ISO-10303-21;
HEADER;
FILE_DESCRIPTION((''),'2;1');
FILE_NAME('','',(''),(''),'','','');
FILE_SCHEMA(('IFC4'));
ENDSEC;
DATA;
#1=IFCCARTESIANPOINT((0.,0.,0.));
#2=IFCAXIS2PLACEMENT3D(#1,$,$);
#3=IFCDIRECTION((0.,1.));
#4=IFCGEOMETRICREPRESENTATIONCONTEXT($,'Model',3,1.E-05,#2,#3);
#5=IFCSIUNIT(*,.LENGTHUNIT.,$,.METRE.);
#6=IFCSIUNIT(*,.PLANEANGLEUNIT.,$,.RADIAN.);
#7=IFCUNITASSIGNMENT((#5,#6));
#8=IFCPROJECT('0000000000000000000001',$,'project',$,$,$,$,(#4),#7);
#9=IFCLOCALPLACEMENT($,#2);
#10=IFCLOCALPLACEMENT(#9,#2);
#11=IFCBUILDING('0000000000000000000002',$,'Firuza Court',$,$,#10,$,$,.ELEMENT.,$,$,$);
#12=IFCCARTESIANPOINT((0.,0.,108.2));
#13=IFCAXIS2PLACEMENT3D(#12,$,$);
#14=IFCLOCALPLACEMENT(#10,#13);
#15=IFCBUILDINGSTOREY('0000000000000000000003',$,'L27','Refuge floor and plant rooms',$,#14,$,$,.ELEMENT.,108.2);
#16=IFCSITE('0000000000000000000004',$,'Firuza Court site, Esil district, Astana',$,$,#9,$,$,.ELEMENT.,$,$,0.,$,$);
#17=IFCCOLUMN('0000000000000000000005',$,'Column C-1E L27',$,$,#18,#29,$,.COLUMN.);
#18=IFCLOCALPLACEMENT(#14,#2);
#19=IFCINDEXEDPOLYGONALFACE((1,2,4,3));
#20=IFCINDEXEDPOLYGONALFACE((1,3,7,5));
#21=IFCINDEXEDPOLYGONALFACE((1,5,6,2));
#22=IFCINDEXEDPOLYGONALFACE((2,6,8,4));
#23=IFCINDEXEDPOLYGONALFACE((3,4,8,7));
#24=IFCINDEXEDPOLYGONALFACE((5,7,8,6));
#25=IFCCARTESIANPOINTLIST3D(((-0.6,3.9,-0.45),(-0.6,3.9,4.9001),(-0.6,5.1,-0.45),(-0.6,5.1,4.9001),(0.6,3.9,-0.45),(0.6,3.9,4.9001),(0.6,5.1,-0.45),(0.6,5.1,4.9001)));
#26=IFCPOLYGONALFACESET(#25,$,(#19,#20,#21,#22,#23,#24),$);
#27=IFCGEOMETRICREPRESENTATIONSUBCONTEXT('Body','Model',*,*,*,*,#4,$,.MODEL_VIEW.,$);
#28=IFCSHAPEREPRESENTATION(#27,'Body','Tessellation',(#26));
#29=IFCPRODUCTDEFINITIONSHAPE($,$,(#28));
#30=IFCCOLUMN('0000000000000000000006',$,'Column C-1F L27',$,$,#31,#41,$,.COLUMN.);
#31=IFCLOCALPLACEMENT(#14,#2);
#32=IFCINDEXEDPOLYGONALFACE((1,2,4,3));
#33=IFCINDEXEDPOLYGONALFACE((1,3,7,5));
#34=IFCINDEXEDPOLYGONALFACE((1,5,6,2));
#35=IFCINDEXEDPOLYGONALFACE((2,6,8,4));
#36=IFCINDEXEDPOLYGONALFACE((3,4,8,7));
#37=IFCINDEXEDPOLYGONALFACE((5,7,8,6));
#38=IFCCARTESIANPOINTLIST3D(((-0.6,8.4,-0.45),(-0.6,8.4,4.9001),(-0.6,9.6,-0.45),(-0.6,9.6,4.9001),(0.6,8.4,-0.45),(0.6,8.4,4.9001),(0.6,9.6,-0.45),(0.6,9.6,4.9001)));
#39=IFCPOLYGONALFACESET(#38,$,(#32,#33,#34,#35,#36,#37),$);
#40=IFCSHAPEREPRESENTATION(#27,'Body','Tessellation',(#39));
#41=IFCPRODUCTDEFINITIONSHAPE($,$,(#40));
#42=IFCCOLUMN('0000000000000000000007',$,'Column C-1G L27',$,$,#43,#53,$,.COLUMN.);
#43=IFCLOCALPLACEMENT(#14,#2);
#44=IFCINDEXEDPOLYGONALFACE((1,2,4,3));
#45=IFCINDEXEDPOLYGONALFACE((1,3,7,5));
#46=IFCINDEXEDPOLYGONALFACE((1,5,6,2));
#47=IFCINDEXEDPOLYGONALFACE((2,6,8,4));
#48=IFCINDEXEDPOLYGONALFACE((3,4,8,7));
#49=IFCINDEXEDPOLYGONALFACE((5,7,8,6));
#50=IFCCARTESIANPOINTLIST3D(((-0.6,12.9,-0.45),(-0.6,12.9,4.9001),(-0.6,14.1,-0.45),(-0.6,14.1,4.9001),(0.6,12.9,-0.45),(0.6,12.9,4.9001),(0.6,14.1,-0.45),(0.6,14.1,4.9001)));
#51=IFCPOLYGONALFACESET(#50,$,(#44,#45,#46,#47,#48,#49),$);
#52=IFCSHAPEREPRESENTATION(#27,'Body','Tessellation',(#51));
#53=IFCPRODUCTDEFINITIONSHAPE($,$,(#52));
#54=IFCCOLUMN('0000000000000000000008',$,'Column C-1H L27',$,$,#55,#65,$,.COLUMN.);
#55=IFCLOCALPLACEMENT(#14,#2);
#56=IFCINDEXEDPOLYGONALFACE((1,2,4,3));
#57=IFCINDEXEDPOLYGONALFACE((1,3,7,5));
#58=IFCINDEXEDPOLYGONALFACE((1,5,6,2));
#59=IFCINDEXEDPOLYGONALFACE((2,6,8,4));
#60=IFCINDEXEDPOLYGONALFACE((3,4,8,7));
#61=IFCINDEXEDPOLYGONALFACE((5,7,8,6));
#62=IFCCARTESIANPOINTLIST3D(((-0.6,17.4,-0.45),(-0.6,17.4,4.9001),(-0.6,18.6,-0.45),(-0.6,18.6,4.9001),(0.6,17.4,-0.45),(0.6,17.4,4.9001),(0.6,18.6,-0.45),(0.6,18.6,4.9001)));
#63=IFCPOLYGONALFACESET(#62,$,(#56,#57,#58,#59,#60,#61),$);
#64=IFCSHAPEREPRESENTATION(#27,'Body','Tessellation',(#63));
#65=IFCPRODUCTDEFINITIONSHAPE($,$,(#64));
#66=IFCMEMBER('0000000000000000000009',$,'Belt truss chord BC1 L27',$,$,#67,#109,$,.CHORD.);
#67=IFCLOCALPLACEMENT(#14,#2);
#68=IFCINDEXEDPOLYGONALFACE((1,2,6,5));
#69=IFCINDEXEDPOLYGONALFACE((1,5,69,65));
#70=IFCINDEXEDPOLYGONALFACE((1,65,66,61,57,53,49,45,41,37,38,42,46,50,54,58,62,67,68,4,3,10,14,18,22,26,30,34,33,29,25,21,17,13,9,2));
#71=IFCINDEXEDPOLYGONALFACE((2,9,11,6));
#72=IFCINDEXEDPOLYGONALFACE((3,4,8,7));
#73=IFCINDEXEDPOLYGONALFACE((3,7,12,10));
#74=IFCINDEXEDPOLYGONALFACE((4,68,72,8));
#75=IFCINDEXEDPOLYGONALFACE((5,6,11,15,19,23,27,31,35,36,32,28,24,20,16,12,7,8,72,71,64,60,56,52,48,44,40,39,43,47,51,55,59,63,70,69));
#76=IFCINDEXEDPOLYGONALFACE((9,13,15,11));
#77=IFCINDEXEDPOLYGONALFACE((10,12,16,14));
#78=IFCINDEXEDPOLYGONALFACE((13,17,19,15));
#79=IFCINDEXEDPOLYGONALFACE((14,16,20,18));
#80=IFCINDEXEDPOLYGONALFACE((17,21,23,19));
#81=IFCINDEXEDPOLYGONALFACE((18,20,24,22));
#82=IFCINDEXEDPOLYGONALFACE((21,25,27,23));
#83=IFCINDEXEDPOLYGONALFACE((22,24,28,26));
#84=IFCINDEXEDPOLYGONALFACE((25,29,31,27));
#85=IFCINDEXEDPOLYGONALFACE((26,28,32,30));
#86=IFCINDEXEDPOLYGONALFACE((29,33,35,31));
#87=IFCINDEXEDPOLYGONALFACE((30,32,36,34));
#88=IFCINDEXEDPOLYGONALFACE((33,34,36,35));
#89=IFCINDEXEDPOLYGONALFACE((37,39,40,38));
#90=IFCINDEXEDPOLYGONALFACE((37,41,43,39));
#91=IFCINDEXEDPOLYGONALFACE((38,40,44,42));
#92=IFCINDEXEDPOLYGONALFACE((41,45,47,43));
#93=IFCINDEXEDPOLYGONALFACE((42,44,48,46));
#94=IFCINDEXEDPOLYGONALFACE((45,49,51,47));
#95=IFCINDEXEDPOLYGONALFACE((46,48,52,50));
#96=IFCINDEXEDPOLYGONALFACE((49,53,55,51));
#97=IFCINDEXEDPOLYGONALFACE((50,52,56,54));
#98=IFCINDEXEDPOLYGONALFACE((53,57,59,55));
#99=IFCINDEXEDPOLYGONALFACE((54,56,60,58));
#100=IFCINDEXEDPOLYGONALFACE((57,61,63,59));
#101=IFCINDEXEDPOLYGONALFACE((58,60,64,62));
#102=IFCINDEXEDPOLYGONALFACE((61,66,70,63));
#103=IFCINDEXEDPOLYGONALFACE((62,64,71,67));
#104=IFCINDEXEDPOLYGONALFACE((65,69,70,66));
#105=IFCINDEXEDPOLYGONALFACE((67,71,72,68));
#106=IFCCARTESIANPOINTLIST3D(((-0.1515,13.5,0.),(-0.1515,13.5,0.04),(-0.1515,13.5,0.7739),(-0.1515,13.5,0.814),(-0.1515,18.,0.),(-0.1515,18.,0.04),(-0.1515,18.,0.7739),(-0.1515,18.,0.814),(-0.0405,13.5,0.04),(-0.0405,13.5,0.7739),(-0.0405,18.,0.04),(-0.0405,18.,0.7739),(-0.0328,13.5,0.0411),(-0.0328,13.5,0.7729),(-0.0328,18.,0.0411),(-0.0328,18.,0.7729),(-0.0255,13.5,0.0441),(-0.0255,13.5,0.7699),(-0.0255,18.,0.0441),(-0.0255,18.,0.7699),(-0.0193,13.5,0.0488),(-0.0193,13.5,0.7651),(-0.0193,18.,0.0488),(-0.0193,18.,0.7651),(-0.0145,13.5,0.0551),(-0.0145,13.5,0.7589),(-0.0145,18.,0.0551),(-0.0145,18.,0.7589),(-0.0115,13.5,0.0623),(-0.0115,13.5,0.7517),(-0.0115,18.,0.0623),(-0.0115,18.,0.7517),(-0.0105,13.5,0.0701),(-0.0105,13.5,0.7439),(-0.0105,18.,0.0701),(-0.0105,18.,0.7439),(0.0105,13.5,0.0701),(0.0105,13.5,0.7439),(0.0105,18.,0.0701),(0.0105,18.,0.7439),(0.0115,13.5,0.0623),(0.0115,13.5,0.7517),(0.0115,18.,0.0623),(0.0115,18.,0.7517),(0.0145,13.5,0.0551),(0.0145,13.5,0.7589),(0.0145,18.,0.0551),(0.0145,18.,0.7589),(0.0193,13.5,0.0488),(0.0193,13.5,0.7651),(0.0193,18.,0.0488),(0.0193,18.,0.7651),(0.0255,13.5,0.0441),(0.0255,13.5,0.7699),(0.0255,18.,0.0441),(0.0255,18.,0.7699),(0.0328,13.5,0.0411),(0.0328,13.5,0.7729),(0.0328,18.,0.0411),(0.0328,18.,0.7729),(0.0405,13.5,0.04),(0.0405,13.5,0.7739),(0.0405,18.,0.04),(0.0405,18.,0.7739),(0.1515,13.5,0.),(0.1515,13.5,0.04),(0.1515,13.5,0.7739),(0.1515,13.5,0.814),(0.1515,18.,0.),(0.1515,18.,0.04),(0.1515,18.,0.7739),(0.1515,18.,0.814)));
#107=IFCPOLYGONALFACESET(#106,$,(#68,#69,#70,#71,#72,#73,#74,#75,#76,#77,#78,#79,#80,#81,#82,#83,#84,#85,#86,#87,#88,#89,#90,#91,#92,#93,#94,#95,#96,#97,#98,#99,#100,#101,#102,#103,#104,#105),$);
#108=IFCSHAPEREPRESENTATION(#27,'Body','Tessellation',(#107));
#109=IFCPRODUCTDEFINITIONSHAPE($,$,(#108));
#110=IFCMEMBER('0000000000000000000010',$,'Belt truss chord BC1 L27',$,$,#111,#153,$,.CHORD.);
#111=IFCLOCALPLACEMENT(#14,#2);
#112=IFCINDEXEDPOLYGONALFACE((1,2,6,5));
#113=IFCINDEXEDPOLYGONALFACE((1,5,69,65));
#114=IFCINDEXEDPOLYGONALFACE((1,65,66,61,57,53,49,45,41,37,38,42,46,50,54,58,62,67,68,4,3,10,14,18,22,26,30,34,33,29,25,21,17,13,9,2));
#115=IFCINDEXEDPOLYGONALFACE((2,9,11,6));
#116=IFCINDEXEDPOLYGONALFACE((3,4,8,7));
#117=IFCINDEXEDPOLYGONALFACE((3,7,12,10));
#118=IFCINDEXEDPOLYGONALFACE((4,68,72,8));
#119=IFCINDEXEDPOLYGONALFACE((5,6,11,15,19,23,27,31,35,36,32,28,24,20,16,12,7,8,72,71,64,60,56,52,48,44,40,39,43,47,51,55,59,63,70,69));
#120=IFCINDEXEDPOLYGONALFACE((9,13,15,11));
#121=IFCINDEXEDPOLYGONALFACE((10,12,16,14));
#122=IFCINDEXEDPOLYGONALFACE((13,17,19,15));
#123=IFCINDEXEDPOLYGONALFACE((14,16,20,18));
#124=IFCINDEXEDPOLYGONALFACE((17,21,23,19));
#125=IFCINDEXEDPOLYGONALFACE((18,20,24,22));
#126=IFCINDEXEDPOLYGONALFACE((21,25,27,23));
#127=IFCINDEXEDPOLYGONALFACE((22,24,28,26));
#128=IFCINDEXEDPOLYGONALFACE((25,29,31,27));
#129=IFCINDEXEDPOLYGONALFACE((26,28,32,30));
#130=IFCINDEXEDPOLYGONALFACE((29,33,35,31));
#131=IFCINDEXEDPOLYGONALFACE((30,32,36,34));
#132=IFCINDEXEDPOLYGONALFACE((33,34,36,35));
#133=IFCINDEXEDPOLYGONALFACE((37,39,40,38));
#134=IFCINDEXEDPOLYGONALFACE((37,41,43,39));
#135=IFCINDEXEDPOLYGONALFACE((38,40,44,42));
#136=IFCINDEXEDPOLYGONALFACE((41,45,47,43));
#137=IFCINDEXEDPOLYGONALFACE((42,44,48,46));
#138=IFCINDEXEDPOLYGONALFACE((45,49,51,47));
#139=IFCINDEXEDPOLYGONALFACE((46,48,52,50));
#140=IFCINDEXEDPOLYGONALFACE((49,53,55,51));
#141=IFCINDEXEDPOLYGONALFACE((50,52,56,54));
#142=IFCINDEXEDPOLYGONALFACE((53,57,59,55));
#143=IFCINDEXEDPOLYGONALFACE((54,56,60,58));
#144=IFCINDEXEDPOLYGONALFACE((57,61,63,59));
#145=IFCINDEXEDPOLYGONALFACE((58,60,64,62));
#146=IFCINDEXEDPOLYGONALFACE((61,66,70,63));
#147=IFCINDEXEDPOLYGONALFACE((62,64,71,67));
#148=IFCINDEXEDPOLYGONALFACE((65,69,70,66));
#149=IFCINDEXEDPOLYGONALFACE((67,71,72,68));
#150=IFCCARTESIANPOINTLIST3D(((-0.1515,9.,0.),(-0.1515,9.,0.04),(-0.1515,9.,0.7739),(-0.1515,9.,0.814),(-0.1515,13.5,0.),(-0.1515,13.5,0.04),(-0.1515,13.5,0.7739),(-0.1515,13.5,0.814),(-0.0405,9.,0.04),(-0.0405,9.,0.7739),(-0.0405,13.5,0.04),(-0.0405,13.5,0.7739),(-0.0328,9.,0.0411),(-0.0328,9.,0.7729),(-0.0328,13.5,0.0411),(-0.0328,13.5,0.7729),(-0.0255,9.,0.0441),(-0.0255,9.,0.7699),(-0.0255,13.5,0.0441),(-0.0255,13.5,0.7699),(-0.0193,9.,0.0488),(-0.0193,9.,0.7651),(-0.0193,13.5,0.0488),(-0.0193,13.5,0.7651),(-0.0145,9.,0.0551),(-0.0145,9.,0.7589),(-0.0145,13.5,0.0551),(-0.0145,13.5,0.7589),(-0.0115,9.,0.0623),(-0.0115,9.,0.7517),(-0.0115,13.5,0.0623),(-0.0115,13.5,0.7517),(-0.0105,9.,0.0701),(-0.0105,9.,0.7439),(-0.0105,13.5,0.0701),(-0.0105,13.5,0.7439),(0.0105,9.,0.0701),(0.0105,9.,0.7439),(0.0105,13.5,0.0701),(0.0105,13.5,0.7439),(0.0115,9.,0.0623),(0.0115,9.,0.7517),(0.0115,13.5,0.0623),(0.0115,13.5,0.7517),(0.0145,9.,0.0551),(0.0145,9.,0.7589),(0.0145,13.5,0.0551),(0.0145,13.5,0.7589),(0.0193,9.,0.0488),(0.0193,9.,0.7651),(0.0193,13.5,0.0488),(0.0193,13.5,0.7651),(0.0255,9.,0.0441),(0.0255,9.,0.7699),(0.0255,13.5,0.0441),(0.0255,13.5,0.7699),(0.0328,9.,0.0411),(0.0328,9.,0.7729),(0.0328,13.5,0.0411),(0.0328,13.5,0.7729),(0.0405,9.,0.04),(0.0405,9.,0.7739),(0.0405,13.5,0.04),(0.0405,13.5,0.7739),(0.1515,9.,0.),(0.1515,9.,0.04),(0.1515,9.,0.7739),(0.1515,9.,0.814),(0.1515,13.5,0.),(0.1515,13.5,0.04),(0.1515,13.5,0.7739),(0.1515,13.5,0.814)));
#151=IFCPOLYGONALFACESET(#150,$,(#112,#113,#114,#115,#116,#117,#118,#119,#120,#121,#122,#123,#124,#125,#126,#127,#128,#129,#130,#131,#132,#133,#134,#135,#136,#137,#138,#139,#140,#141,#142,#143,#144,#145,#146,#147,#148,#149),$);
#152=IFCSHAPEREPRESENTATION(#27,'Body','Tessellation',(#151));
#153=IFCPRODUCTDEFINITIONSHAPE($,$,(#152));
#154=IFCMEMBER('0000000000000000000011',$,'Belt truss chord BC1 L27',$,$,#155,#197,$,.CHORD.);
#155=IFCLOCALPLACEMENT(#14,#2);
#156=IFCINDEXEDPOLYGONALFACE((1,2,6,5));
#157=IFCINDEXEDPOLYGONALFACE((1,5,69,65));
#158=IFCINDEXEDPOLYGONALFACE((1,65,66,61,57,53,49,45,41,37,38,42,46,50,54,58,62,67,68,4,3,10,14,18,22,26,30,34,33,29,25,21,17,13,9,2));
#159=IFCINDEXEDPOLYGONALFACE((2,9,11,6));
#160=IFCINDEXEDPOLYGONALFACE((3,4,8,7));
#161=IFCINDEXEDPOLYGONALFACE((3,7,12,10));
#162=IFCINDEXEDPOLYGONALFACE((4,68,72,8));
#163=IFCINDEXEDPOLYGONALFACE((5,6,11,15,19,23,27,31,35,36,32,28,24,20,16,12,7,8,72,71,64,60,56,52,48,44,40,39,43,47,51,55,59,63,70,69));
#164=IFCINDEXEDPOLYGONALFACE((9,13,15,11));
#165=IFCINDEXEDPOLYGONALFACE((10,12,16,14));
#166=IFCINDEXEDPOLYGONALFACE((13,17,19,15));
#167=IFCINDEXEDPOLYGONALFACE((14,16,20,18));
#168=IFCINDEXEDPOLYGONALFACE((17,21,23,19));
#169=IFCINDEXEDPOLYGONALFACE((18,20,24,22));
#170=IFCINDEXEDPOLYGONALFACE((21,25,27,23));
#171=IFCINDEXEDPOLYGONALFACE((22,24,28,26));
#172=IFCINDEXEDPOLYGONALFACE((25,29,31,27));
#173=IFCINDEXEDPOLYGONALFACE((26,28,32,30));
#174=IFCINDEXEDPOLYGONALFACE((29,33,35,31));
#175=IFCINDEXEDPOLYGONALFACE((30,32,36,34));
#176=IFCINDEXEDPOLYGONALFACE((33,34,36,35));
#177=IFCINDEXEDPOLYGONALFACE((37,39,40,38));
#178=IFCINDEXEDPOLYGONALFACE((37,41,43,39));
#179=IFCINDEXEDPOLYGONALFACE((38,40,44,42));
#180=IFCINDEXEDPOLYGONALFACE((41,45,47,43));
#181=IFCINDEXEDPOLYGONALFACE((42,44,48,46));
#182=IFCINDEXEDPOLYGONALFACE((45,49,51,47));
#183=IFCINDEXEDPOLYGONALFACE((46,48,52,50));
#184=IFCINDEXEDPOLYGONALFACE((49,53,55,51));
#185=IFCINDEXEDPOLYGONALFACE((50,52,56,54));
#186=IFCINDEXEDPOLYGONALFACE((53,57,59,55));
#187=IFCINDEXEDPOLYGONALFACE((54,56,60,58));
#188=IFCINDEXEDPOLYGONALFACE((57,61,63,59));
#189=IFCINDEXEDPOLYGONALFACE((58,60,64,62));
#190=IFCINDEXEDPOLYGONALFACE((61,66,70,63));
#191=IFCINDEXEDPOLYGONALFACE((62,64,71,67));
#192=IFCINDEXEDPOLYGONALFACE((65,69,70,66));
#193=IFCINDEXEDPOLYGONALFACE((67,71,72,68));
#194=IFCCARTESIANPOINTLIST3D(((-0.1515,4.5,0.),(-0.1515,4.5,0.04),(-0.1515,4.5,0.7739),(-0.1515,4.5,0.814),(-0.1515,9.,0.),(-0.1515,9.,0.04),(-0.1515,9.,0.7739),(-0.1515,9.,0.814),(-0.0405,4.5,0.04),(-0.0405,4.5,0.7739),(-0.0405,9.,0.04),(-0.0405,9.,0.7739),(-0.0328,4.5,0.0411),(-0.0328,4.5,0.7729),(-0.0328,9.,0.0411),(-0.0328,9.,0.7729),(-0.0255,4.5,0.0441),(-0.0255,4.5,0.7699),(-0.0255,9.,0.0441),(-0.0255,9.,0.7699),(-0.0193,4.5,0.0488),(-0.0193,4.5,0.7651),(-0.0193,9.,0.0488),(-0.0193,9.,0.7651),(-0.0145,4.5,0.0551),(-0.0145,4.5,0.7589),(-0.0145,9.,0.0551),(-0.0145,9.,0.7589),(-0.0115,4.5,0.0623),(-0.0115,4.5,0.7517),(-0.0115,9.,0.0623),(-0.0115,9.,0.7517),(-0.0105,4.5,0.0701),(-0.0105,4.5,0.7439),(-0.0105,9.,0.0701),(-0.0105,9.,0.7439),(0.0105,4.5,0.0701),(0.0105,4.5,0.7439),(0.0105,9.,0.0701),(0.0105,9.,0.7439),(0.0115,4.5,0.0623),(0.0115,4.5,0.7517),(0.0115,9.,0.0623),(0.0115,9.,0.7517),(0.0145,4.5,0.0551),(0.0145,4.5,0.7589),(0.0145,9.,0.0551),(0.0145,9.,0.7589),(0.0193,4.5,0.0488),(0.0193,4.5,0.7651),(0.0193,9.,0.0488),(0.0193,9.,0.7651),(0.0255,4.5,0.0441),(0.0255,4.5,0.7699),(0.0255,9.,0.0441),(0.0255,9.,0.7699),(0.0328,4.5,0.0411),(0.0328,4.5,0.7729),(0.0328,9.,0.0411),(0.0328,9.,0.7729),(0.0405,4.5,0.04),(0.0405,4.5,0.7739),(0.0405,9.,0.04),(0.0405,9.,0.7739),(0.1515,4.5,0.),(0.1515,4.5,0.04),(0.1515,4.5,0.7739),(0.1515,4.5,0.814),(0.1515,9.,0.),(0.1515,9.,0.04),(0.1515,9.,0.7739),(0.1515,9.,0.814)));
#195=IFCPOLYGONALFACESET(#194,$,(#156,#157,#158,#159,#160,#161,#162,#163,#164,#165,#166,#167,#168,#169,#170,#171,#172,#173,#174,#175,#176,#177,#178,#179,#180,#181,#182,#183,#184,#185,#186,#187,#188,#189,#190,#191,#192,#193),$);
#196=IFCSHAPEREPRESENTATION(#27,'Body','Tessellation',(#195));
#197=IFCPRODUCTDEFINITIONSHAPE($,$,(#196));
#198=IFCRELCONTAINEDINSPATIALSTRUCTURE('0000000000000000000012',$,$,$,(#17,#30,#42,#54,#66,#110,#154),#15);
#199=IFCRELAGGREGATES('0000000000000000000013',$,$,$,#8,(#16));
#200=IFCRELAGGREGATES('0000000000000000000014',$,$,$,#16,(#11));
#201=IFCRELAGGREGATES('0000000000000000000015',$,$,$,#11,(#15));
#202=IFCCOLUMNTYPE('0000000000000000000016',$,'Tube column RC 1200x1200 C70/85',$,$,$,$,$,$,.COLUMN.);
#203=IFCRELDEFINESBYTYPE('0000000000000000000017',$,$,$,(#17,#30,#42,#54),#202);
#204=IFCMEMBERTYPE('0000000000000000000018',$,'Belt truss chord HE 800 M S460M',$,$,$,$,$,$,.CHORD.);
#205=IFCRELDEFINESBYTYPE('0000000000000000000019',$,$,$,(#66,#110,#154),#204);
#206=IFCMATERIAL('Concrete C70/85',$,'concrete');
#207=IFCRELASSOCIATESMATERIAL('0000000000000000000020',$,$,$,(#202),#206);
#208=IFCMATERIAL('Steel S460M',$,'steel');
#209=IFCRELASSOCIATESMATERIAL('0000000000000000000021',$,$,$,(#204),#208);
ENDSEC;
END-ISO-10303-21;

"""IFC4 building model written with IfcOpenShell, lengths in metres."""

from ifc_helpers import new_model, si_unit, direction, frame, origin, origin_2d, place, context, subcontext, project, spatial, rectangle, i_section, extrude, material, material_profile, profile_set, type_object, element, save


model = new_model("IFC4")

# Units and contexts
model_context = context("Model", 3, precision=1e-05, world=origin(), true_north=direction((0.0, 1.0)))
body_context = subcontext(model_context, "Body", "Model", "MODEL_VIEW")
ifc_project = project(units=[si_unit("LENGTHUNIT", "METRE"), si_unit("PLANEANGLEUNIT", "RADIAN")], contexts=[model_context])

# Site, building, storey
site_placement = place(None, origin())
site = spatial("IfcSite", under=ifc_project, at=site_placement, Name="Firuza Court site, Esil district, Astana", CompositionType="ELEMENT", RefElevation=0.0)
building_placement = place(site_placement, origin())
building = spatial("IfcBuilding", under=site, at=building_placement, Name="Firuza Court", CompositionType="ELEMENT")
storey_placement = place(building_placement, frame((0.0, 0.0, 108.2)))
storey = spatial("IfcBuildingStorey", under=building, at=storey_placement, Name="L27", Description="Refuge floor and plant rooms", CompositionType="ELEMENT", Elevation=108.2)

# Columns
ifc_material_1 = material(Name="Concrete C70/85", Category="concrete")
ifc_material_profile_1 = material_profile(ifc_material_1, rectangle(XDim=1.2, YDim=1.2, at=origin_2d()), Name="RC 1200x1200")
ifc_profile_set_1 = profile_set([ifc_material_profile_1], Name="Concrete C70/85")
column_type = type_object("IfcColumnType", Name="Tube column RC 1200x1200 C70/85", PredefinedType="COLUMN", material=ifc_profile_set_1)
for number, where, z_axis, x_axis, name in (
    (1, (0.0, 4.5, -0.45), (0.0, 0.0, 1.0), (1.0, 0.0, 0.0), "Column C-1E L27"),
    (2, (0.0, 9.0, -0.45), (0.0, 0.0, 1.0), (1.0, 0.0, 0.0), "Column C-1F L27"),
    (3, (0.0, 13.5, -0.45), (0.0, 0.0, 1.0), (1.0, 0.0, 0.0), "Column C-1G L27"),
    (4, (0.0, 18.0, -0.45), (0.0, 0.0, 1.0), (1.0, 0.0, 0.0), "Column C-1H L27"),
):
    element("IfcColumn", number, at=place(storey_placement, frame(where, z_axis=z_axis, x_axis=x_axis)), inside=storey, type_object=column_type, Name=name, PredefinedType="COLUMN", context=body_context, shape_type="SweptSolid", body=[
        extrude(rectangle(XDim=1.2, YDim=1.2, at=origin_2d()), origin(), (0.0, 0.0, 1.0), 5.3501),
    ])

# Members
ifc_material_2 = material(Name="Steel S460M", Category="steel")
ifc_material_profile_2 = material_profile(ifc_material_2, i_section(OverallWidth=0.303, OverallDepth=0.814, WebThickness=0.021, FlangeThickness=0.04, FilletRadius=0.03, at=origin_2d()), Name="HE 800 M")
ifc_profile_set_2 = profile_set([ifc_material_profile_2], Name="Steel S460M")
member_type_1 = type_object("IfcMemberType", Name="Belt truss chord HE 800 M S460M", PredefinedType="CHORD", material=ifc_profile_set_2)
for number, where, z_axis, x_axis, name in (
    (5, (0.0, 18.0, 0.407), (0.0, -1.0, 0.0), (1.0, 0.0, 0.0), "Belt truss chord BC1 L27"),
    (6, (0.0, 13.5, 0.407), (0.0, -1.0, 0.0), (1.0, 0.0, 0.0), "Belt truss chord BC1 L27"),
    (7, (0.0, 9.0, 0.407), (0.0, -1.0, 0.0), (1.0, 0.0, 0.0), "Belt truss chord BC1 L27"),
):
    element("IfcMember", number, at=place(storey_placement, frame(where, z_axis=z_axis, x_axis=x_axis)), inside=storey, type_object=member_type_1, Name=name, PredefinedType="CHORD", context=body_context, shape_type="SweptSolid", body=[
        extrude(i_section(OverallWidth=0.303, OverallDepth=0.814, WebThickness=0.021, FlangeThickness=0.04, FilletRadius=0.03, at=origin_2d()), origin(), (0.0, 0.0, 1.0), 4.5),
    ])

save(model, "model.ifc")
